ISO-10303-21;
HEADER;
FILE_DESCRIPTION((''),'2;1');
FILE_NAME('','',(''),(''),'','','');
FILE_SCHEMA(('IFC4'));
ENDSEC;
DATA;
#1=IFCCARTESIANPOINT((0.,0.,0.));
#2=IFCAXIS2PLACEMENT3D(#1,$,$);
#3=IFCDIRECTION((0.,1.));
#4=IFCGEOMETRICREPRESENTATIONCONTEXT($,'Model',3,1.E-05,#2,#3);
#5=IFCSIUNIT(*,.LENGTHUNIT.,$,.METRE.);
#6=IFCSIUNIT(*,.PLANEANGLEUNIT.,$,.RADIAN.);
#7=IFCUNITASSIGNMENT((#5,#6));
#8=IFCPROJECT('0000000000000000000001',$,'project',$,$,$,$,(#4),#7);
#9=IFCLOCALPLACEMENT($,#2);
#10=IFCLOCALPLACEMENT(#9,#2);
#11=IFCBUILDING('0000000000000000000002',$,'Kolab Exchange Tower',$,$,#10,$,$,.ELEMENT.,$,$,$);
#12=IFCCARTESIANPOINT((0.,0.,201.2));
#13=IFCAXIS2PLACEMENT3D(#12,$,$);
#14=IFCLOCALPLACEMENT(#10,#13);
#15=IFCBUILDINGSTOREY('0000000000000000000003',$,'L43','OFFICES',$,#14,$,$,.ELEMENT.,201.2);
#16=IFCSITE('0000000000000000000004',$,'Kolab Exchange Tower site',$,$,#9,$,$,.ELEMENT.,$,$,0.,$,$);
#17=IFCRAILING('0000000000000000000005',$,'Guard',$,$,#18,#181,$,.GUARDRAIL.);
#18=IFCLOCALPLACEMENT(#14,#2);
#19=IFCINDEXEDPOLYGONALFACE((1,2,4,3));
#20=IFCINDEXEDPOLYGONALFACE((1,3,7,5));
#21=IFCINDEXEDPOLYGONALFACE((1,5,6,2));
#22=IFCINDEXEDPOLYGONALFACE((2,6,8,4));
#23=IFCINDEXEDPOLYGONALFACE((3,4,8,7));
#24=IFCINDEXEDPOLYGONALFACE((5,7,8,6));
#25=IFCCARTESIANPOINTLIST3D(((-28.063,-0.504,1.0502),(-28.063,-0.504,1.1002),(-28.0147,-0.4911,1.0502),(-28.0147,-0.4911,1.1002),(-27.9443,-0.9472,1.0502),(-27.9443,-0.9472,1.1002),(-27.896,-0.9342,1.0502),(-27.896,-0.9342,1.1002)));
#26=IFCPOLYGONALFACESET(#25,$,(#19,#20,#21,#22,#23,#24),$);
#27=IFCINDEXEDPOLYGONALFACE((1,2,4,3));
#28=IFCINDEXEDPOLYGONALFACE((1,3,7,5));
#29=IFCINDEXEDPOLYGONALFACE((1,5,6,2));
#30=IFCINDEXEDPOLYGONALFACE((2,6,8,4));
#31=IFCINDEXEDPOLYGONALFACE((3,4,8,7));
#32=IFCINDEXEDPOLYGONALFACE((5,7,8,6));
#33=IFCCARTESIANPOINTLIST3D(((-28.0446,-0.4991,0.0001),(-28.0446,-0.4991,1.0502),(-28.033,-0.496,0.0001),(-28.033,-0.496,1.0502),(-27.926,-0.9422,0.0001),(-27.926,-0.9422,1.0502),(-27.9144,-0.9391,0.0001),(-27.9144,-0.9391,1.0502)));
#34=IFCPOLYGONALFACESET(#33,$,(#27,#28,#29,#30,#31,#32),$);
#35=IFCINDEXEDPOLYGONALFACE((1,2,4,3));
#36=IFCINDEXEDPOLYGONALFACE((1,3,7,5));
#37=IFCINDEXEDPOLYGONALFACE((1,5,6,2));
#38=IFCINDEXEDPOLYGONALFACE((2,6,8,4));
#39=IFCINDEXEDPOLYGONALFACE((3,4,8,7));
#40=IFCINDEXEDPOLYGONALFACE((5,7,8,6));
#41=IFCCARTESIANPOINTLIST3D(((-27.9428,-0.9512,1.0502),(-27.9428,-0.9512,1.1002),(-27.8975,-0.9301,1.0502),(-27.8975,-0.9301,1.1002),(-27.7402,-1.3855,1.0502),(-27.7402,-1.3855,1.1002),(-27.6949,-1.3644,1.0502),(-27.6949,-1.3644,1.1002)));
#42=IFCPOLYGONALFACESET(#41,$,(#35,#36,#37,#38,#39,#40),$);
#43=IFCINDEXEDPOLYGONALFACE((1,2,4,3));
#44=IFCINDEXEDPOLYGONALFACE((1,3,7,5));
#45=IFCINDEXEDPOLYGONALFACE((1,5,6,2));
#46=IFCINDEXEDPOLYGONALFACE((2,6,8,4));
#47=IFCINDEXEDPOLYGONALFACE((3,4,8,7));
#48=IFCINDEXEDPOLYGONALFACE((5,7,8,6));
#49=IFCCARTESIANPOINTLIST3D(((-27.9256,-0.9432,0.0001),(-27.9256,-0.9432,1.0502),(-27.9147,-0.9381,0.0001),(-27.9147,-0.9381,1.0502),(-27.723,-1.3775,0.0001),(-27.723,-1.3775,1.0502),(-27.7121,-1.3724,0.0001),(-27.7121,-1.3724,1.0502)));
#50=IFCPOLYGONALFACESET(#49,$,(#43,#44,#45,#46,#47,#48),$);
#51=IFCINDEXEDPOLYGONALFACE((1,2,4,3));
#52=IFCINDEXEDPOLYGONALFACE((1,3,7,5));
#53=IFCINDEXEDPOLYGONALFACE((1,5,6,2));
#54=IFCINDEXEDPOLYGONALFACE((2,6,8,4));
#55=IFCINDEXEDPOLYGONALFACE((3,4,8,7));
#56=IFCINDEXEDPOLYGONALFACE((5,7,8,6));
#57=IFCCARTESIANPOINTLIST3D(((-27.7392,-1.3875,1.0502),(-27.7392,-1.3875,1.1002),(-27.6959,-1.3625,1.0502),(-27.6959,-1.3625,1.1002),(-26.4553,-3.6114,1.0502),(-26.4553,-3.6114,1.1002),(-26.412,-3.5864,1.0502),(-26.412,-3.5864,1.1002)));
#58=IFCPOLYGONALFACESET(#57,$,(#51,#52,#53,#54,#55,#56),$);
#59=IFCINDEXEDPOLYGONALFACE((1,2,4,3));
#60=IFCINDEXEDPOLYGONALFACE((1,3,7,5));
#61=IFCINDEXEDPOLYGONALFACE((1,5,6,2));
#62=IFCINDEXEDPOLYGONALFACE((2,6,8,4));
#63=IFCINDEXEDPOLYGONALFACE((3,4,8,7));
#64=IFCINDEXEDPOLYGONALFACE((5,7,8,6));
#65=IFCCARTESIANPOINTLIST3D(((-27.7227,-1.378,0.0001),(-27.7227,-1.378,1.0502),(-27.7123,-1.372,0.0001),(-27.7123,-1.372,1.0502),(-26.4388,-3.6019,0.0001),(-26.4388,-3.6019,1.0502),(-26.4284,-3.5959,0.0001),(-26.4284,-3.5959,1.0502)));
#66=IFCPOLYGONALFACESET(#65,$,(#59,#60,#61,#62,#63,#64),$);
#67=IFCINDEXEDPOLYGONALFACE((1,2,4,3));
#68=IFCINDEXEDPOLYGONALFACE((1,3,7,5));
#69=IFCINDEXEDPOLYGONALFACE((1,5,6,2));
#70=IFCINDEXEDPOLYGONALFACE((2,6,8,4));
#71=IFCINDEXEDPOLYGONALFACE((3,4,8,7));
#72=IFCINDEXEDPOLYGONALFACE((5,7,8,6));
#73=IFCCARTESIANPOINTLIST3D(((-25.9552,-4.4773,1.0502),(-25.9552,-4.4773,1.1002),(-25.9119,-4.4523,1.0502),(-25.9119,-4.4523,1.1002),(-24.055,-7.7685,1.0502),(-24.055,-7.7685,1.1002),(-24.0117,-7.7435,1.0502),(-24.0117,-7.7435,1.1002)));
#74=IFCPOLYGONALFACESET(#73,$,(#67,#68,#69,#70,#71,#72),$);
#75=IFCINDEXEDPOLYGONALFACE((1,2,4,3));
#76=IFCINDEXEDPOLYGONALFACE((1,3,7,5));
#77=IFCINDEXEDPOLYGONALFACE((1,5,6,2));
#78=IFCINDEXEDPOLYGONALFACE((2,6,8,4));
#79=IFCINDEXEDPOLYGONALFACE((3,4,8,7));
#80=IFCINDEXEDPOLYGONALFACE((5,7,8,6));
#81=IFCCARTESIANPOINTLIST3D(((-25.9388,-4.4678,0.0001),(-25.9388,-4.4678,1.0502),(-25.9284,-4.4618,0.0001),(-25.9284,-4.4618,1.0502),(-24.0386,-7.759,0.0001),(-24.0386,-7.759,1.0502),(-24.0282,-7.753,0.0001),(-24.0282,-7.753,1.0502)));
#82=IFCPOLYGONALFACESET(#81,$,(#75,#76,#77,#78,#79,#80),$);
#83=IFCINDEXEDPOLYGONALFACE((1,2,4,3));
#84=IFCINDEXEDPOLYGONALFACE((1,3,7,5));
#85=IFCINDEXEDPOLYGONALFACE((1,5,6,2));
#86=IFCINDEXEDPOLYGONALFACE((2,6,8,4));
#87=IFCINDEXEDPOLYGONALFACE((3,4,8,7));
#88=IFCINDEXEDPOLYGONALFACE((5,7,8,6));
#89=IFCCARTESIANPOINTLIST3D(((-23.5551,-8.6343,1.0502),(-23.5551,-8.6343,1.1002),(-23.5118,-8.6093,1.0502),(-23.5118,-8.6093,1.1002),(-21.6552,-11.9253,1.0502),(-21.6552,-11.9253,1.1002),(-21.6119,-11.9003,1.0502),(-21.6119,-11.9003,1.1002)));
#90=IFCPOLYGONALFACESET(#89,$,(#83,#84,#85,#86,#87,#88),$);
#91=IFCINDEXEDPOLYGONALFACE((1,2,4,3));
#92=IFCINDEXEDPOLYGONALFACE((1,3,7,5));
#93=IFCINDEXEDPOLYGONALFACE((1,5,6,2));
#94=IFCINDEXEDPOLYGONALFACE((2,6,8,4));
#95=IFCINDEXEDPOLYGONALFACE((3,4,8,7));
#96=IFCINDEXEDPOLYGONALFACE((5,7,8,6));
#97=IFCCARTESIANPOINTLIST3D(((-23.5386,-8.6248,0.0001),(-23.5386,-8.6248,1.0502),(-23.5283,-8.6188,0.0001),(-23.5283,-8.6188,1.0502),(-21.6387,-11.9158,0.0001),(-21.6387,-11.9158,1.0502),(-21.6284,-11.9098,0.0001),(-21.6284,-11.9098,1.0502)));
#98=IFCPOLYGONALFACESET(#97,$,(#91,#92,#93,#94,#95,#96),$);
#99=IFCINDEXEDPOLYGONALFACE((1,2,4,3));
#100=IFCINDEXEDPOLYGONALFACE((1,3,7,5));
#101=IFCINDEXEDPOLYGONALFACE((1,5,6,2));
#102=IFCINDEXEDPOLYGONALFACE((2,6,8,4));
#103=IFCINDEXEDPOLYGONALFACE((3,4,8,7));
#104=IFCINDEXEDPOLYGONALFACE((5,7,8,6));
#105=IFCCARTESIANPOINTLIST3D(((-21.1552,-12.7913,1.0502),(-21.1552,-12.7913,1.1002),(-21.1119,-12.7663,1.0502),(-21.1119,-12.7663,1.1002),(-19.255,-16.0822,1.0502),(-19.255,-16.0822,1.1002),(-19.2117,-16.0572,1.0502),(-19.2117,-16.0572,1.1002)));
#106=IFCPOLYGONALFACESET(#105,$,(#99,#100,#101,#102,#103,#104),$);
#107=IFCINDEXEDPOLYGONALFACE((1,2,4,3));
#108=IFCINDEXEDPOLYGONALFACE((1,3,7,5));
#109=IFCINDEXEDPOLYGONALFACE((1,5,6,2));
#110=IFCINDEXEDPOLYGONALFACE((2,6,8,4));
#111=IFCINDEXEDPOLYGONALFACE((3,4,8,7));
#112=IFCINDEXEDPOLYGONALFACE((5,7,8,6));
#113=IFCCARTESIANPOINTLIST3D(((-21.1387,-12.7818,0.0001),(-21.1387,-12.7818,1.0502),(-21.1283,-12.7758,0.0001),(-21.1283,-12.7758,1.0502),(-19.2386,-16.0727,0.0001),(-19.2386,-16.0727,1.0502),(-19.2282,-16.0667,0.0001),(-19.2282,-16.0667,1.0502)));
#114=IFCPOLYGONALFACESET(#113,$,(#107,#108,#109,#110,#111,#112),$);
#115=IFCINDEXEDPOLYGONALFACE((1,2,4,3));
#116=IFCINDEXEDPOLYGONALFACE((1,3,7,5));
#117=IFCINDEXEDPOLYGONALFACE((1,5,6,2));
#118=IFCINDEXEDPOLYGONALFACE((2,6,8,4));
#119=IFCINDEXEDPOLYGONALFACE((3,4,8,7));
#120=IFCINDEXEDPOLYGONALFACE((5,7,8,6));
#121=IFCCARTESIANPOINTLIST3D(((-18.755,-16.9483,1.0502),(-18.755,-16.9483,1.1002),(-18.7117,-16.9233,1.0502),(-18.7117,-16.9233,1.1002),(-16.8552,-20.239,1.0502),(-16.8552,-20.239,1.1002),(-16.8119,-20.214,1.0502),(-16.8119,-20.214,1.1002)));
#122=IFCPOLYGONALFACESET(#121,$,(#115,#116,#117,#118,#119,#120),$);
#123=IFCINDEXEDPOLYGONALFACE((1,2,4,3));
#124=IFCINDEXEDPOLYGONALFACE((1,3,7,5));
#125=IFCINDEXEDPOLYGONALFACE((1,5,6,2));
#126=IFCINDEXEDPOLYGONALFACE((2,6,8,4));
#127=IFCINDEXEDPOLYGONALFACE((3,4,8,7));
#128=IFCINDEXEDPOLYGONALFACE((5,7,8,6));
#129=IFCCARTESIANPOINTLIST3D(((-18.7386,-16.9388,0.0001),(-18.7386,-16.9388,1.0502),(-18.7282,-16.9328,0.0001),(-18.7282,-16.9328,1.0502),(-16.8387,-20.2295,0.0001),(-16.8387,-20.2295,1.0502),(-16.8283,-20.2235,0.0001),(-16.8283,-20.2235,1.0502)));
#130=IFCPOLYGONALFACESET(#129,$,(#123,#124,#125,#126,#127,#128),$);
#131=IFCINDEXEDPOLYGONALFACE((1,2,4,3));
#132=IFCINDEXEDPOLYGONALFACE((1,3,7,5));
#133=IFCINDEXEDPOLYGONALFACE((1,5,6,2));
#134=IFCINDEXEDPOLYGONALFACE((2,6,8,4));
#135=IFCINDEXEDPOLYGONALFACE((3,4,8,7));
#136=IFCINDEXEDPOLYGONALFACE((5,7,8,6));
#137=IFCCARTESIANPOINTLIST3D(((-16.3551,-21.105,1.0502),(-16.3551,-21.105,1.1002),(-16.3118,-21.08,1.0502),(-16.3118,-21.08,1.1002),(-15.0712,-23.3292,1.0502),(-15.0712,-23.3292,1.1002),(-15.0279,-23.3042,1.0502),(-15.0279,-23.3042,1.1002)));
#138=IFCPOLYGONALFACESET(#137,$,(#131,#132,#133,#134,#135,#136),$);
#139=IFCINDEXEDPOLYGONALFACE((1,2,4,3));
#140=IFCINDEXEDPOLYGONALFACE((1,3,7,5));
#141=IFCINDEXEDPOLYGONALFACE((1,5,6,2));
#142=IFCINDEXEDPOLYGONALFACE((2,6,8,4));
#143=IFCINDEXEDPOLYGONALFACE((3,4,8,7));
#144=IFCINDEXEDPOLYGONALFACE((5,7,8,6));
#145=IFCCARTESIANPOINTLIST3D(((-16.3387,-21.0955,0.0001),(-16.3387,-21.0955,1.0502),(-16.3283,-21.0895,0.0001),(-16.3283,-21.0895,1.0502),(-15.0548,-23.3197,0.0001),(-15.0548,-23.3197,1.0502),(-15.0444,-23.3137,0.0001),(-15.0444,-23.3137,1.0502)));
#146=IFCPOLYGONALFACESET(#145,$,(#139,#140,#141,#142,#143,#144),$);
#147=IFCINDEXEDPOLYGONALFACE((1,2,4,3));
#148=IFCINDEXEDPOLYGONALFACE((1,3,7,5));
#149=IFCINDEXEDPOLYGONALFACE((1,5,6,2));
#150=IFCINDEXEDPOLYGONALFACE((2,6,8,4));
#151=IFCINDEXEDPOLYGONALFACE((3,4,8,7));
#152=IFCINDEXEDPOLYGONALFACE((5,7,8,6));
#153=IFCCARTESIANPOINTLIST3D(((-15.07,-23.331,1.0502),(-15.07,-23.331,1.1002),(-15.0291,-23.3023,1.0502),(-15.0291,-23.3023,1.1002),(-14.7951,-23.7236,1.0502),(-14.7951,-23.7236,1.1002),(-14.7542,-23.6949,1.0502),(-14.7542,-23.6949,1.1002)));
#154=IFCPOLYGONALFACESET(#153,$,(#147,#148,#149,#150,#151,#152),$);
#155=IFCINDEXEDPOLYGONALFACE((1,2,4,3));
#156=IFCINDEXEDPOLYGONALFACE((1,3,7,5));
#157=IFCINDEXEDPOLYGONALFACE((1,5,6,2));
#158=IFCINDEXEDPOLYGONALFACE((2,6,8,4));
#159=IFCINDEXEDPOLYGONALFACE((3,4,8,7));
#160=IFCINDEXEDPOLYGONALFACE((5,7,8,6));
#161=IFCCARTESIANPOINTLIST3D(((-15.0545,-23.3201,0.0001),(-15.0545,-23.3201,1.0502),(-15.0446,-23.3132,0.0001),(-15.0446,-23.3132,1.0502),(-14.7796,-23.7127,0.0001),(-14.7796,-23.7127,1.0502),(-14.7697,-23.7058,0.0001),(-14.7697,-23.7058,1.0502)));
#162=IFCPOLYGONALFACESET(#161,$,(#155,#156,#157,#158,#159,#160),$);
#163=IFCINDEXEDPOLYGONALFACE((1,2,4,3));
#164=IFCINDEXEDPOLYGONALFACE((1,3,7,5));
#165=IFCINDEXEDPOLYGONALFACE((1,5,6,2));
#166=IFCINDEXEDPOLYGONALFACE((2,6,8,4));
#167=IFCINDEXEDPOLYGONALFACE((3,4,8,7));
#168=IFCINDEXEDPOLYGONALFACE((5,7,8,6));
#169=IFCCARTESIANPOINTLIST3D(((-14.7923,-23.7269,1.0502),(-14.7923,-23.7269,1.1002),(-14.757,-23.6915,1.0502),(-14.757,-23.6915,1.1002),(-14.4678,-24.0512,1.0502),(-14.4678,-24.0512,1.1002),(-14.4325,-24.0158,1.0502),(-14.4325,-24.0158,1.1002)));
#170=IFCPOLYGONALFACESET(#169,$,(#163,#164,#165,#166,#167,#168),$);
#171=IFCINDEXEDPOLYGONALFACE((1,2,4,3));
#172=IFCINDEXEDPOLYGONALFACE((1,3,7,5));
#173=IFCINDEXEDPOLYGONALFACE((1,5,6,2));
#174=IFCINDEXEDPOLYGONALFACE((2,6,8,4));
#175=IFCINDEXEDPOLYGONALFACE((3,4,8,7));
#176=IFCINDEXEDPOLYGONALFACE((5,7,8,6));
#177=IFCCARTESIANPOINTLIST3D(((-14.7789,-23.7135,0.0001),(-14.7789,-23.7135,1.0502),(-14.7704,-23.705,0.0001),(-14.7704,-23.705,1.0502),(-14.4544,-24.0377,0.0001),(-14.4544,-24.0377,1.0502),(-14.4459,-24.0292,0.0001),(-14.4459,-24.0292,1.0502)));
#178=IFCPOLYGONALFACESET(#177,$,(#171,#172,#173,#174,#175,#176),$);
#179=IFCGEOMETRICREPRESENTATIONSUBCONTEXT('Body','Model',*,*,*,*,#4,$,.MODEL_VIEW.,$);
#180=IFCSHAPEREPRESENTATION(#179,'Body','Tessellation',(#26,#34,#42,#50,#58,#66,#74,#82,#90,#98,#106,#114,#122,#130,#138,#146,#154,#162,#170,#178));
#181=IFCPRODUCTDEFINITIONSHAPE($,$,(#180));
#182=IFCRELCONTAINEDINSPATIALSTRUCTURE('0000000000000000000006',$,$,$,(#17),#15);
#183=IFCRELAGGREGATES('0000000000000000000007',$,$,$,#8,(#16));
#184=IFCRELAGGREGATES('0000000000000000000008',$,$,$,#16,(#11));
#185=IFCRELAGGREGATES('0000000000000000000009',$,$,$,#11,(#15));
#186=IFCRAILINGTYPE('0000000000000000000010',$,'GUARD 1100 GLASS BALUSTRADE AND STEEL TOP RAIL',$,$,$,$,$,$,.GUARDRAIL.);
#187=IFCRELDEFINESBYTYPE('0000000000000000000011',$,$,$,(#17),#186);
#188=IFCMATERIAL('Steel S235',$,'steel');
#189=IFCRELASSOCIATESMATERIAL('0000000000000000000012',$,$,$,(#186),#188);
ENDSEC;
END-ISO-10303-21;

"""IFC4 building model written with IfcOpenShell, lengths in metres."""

from ifc_helpers import new_model, si_unit, direction, frame, frame_2d, origin, origin_2d, place, context, subcontext, project, spatial, rectangle, extrude, material, type_object, element, save


model = new_model("IFC4")

# Units and contexts
model_context = context("Model", 3, precision=1e-05, world=origin(), true_north=direction((0.0, 1.0)))
body_context = subcontext(model_context, "Body", "Model", "MODEL_VIEW")
ifc_project = project(units=[si_unit("LENGTHUNIT", "METRE"), si_unit("PLANEANGLEUNIT", "RADIAN")], contexts=[model_context])

# Site, building, storey
site_placement = place(None, origin())
site = spatial("IfcSite", under=ifc_project, at=site_placement, Name="Kolab Exchange Tower site", CompositionType="ELEMENT", RefElevation=0.0)
building_placement = place(site_placement, origin())
building = spatial("IfcBuilding", under=site, at=building_placement, Name="Kolab Exchange Tower", CompositionType="ELEMENT")
storey_placement = place(building_placement, frame((0.0, 0.0, 201.2)))
storey = spatial("IfcBuildingStorey", under=building, at=storey_placement, Name="L43", Description="OFFICES", CompositionType="ELEMENT", Elevation=201.2)

# Railing
ifc_material_1 = material(Name="Steel S235", Category="steel")
railing_type = type_object("IfcRailingType", Name="GUARD 1100 GLASS BALUSTRADE AND STEEL TOP RAIL", PredefinedType="GUARDRAIL", material=ifc_material_1)
railing_placement = place(storey_placement, frame((-28.0388, -0.4976, 0.0)))
element("IfcRailing", 1, at=railing_placement, inside=storey, type_object=railing_type, Name="Guard", PredefinedType="GUARDRAIL", context=body_context, shape_type="SweptSolid", body=[
    extrude(rectangle(XDim=0.05, YDim=0.05, at=origin_2d()), frame((0.0, 0.0, 1.0752), z_axis=(0.258656, -0.965969, 0.0), x_axis=(0.965969, 0.258656, 0.0)), (0.0, 0.0, 1.0), 0.4587),
    extrude(rectangle(XDim=0.012, YDim=1.0501, at=frame_2d((0.0, 0.5251))), frame((0.0, 0.0, 0.0), z_axis=(0.258656, -0.965969, 0.0), x_axis=(0.965969, 0.258656, 0.0)), (0.0, 0.0, 1.0), 0.4587),
    extrude(rectangle(XDim=0.05, YDim=0.05, at=origin_2d()), frame((0.1187, -0.4431, 1.0752), z_axis=(0.422802, -0.906222, 0.0), x_axis=(0.906222, 0.422802, 0.0)), (0.0, 0.0, 1.0), 0.4792),
    extrude(rectangle(XDim=0.012, YDim=1.0501, at=frame_2d((0.0, 0.5251))), frame((0.1187, -0.4431, 0.0), z_axis=(0.422802, -0.906222, 0.0), x_axis=(0.906222, 0.422802, 0.0)), (0.0, 0.0, 1.0), 0.4792),
    extrude(rectangle(XDim=0.05, YDim=0.05, at=origin_2d()), frame((0.3213, -0.8774, 1.0752), z_axis=(0.499994, -0.866029, 0.0), x_axis=(0.866029, 0.499994, 0.0)), (0.0, 0.0, 1.0), 2.5679),
    extrude(rectangle(XDim=0.012, YDim=1.0501, at=frame_2d((0.0, 0.5251))), frame((0.3213, -0.8774, 0.0), z_axis=(0.499994, -0.866029, 0.0), x_axis=(0.866029, 0.499994, 0.0)), (0.0, 0.0, 1.0), 2.5679),
    extrude(rectangle(XDim=0.05, YDim=0.05, at=origin_2d()), frame((2.1052, -3.9673, 1.0752), z_axis=(0.500015, -0.866017, 0.0), x_axis=(0.866017, 0.500015, 0.0)), (0.0, 0.0, 1.0), 3.8003),
    extrude(rectangle(XDim=0.012, YDim=1.0501, at=frame_2d((0.0, 0.5251))), frame((2.1052, -3.9673, 0.0), z_axis=(0.500015, -0.866017, 0.0), x_axis=(0.866017, 0.500015, 0.0)), (0.0, 0.0, 1.0), 3.8003),
    extrude(rectangle(XDim=0.05, YDim=0.05, at=origin_2d()), frame((4.5054, -8.1243, 1.0752), z_axis=(0.499967, -0.866044, 0.0), x_axis=(0.866044, 0.499967, 0.0)), (0.0, 0.0, 1.0), 3.8),
    extrude(rectangle(XDim=0.012, YDim=1.0501, at=frame_2d((0.0, 0.5251))), frame((4.5054, -8.1243, 0.0), z_axis=(0.499967, -0.866044, 0.0), x_axis=(0.866044, 0.499967, 0.0)), (0.0, 0.0, 1.0), 3.8),
    extrude(rectangle(XDim=0.05, YDim=0.05, at=origin_2d()), frame((6.9053, -12.2812, 1.0752), z_axis=(0.500043, -0.866, 0.0), x_axis=(0.866, 0.500043, 0.0)), (0.0, 0.0, 1.0), 3.8),
    extrude(rectangle(XDim=0.012, YDim=1.0501, at=frame_2d((0.0, 0.5251))), frame((6.9053, -12.2812, 0.0), z_axis=(0.500043, -0.866, 0.0), x_axis=(0.866, 0.500043, 0.0)), (0.0, 0.0, 1.0), 3.8),
    extrude(rectangle(XDim=0.05, YDim=0.05, at=origin_2d()), frame((9.3054, -16.4382, 1.0752), z_axis=(0.499995, -0.866028, 0.0), x_axis=(0.866028, 0.499995, 0.0)), (0.0, 0.0, 1.0), 3.7998),
    extrude(rectangle(XDim=0.012, YDim=1.0501, at=frame_2d((0.0, 0.5251))), frame((9.3054, -16.4382, 0.0), z_axis=(0.499995, -0.866028, 0.0), x_axis=(0.866028, 0.499995, 0.0)), (0.0, 0.0, 1.0), 3.7998),
    extrude(rectangle(XDim=0.05, YDim=0.05, at=origin_2d()), frame((11.7053, -20.595, 1.0752), z_axis=(0.499953, -0.866053, 0.0), x_axis=(0.866053, 0.499953, 0.0)), (0.0, 0.0, 1.0), 2.5681),
    extrude(rectangle(XDim=0.012, YDim=1.0501, at=frame_2d((0.0, 0.5251))), frame((11.7053, -20.595, 0.0), z_axis=(0.499953, -0.866053, 0.0), x_axis=(0.866053, 0.499953, 0.0)), (0.0, 0.0, 1.0), 2.5681),
    extrude(rectangle(XDim=0.05, YDim=0.05, at=origin_2d()), frame((12.9893, -22.8191, 1.0752), z_axis=(0.573599, -0.819136, 0.0), x_axis=(0.819136, 0.573599, 0.0)), (0.0, 0.0, 1.0), 0.4792),
    extrude(rectangle(XDim=0.012, YDim=1.0501, at=frame_2d((0.0, 0.5251))), frame((12.9893, -22.8191, 0.0), z_axis=(0.573599, -0.819136, 0.0), x_axis=(0.819136, 0.573599, 0.0)), (0.0, 0.0, 1.0), 0.4792),
    extrude(rectangle(XDim=0.05, YDim=0.05, at=origin_2d()), frame((13.2642, -23.2117, 1.0752), z_axis=(0.707373, -0.706841, 0.0), x_axis=(0.706841, 0.707373, 0.0)), (0.0, 0.0, 1.0), 0.4587),
    extrude(rectangle(XDim=0.012, YDim=1.0501, at=frame_2d((0.0, 0.5251))), frame((13.2642, -23.2117, 0.0), z_axis=(0.707373, -0.706841, 0.0), x_axis=(0.706841, 0.707373, 0.0)), (0.0, 0.0, 1.0), 0.4587),
])

save(model, "model.ifc")
